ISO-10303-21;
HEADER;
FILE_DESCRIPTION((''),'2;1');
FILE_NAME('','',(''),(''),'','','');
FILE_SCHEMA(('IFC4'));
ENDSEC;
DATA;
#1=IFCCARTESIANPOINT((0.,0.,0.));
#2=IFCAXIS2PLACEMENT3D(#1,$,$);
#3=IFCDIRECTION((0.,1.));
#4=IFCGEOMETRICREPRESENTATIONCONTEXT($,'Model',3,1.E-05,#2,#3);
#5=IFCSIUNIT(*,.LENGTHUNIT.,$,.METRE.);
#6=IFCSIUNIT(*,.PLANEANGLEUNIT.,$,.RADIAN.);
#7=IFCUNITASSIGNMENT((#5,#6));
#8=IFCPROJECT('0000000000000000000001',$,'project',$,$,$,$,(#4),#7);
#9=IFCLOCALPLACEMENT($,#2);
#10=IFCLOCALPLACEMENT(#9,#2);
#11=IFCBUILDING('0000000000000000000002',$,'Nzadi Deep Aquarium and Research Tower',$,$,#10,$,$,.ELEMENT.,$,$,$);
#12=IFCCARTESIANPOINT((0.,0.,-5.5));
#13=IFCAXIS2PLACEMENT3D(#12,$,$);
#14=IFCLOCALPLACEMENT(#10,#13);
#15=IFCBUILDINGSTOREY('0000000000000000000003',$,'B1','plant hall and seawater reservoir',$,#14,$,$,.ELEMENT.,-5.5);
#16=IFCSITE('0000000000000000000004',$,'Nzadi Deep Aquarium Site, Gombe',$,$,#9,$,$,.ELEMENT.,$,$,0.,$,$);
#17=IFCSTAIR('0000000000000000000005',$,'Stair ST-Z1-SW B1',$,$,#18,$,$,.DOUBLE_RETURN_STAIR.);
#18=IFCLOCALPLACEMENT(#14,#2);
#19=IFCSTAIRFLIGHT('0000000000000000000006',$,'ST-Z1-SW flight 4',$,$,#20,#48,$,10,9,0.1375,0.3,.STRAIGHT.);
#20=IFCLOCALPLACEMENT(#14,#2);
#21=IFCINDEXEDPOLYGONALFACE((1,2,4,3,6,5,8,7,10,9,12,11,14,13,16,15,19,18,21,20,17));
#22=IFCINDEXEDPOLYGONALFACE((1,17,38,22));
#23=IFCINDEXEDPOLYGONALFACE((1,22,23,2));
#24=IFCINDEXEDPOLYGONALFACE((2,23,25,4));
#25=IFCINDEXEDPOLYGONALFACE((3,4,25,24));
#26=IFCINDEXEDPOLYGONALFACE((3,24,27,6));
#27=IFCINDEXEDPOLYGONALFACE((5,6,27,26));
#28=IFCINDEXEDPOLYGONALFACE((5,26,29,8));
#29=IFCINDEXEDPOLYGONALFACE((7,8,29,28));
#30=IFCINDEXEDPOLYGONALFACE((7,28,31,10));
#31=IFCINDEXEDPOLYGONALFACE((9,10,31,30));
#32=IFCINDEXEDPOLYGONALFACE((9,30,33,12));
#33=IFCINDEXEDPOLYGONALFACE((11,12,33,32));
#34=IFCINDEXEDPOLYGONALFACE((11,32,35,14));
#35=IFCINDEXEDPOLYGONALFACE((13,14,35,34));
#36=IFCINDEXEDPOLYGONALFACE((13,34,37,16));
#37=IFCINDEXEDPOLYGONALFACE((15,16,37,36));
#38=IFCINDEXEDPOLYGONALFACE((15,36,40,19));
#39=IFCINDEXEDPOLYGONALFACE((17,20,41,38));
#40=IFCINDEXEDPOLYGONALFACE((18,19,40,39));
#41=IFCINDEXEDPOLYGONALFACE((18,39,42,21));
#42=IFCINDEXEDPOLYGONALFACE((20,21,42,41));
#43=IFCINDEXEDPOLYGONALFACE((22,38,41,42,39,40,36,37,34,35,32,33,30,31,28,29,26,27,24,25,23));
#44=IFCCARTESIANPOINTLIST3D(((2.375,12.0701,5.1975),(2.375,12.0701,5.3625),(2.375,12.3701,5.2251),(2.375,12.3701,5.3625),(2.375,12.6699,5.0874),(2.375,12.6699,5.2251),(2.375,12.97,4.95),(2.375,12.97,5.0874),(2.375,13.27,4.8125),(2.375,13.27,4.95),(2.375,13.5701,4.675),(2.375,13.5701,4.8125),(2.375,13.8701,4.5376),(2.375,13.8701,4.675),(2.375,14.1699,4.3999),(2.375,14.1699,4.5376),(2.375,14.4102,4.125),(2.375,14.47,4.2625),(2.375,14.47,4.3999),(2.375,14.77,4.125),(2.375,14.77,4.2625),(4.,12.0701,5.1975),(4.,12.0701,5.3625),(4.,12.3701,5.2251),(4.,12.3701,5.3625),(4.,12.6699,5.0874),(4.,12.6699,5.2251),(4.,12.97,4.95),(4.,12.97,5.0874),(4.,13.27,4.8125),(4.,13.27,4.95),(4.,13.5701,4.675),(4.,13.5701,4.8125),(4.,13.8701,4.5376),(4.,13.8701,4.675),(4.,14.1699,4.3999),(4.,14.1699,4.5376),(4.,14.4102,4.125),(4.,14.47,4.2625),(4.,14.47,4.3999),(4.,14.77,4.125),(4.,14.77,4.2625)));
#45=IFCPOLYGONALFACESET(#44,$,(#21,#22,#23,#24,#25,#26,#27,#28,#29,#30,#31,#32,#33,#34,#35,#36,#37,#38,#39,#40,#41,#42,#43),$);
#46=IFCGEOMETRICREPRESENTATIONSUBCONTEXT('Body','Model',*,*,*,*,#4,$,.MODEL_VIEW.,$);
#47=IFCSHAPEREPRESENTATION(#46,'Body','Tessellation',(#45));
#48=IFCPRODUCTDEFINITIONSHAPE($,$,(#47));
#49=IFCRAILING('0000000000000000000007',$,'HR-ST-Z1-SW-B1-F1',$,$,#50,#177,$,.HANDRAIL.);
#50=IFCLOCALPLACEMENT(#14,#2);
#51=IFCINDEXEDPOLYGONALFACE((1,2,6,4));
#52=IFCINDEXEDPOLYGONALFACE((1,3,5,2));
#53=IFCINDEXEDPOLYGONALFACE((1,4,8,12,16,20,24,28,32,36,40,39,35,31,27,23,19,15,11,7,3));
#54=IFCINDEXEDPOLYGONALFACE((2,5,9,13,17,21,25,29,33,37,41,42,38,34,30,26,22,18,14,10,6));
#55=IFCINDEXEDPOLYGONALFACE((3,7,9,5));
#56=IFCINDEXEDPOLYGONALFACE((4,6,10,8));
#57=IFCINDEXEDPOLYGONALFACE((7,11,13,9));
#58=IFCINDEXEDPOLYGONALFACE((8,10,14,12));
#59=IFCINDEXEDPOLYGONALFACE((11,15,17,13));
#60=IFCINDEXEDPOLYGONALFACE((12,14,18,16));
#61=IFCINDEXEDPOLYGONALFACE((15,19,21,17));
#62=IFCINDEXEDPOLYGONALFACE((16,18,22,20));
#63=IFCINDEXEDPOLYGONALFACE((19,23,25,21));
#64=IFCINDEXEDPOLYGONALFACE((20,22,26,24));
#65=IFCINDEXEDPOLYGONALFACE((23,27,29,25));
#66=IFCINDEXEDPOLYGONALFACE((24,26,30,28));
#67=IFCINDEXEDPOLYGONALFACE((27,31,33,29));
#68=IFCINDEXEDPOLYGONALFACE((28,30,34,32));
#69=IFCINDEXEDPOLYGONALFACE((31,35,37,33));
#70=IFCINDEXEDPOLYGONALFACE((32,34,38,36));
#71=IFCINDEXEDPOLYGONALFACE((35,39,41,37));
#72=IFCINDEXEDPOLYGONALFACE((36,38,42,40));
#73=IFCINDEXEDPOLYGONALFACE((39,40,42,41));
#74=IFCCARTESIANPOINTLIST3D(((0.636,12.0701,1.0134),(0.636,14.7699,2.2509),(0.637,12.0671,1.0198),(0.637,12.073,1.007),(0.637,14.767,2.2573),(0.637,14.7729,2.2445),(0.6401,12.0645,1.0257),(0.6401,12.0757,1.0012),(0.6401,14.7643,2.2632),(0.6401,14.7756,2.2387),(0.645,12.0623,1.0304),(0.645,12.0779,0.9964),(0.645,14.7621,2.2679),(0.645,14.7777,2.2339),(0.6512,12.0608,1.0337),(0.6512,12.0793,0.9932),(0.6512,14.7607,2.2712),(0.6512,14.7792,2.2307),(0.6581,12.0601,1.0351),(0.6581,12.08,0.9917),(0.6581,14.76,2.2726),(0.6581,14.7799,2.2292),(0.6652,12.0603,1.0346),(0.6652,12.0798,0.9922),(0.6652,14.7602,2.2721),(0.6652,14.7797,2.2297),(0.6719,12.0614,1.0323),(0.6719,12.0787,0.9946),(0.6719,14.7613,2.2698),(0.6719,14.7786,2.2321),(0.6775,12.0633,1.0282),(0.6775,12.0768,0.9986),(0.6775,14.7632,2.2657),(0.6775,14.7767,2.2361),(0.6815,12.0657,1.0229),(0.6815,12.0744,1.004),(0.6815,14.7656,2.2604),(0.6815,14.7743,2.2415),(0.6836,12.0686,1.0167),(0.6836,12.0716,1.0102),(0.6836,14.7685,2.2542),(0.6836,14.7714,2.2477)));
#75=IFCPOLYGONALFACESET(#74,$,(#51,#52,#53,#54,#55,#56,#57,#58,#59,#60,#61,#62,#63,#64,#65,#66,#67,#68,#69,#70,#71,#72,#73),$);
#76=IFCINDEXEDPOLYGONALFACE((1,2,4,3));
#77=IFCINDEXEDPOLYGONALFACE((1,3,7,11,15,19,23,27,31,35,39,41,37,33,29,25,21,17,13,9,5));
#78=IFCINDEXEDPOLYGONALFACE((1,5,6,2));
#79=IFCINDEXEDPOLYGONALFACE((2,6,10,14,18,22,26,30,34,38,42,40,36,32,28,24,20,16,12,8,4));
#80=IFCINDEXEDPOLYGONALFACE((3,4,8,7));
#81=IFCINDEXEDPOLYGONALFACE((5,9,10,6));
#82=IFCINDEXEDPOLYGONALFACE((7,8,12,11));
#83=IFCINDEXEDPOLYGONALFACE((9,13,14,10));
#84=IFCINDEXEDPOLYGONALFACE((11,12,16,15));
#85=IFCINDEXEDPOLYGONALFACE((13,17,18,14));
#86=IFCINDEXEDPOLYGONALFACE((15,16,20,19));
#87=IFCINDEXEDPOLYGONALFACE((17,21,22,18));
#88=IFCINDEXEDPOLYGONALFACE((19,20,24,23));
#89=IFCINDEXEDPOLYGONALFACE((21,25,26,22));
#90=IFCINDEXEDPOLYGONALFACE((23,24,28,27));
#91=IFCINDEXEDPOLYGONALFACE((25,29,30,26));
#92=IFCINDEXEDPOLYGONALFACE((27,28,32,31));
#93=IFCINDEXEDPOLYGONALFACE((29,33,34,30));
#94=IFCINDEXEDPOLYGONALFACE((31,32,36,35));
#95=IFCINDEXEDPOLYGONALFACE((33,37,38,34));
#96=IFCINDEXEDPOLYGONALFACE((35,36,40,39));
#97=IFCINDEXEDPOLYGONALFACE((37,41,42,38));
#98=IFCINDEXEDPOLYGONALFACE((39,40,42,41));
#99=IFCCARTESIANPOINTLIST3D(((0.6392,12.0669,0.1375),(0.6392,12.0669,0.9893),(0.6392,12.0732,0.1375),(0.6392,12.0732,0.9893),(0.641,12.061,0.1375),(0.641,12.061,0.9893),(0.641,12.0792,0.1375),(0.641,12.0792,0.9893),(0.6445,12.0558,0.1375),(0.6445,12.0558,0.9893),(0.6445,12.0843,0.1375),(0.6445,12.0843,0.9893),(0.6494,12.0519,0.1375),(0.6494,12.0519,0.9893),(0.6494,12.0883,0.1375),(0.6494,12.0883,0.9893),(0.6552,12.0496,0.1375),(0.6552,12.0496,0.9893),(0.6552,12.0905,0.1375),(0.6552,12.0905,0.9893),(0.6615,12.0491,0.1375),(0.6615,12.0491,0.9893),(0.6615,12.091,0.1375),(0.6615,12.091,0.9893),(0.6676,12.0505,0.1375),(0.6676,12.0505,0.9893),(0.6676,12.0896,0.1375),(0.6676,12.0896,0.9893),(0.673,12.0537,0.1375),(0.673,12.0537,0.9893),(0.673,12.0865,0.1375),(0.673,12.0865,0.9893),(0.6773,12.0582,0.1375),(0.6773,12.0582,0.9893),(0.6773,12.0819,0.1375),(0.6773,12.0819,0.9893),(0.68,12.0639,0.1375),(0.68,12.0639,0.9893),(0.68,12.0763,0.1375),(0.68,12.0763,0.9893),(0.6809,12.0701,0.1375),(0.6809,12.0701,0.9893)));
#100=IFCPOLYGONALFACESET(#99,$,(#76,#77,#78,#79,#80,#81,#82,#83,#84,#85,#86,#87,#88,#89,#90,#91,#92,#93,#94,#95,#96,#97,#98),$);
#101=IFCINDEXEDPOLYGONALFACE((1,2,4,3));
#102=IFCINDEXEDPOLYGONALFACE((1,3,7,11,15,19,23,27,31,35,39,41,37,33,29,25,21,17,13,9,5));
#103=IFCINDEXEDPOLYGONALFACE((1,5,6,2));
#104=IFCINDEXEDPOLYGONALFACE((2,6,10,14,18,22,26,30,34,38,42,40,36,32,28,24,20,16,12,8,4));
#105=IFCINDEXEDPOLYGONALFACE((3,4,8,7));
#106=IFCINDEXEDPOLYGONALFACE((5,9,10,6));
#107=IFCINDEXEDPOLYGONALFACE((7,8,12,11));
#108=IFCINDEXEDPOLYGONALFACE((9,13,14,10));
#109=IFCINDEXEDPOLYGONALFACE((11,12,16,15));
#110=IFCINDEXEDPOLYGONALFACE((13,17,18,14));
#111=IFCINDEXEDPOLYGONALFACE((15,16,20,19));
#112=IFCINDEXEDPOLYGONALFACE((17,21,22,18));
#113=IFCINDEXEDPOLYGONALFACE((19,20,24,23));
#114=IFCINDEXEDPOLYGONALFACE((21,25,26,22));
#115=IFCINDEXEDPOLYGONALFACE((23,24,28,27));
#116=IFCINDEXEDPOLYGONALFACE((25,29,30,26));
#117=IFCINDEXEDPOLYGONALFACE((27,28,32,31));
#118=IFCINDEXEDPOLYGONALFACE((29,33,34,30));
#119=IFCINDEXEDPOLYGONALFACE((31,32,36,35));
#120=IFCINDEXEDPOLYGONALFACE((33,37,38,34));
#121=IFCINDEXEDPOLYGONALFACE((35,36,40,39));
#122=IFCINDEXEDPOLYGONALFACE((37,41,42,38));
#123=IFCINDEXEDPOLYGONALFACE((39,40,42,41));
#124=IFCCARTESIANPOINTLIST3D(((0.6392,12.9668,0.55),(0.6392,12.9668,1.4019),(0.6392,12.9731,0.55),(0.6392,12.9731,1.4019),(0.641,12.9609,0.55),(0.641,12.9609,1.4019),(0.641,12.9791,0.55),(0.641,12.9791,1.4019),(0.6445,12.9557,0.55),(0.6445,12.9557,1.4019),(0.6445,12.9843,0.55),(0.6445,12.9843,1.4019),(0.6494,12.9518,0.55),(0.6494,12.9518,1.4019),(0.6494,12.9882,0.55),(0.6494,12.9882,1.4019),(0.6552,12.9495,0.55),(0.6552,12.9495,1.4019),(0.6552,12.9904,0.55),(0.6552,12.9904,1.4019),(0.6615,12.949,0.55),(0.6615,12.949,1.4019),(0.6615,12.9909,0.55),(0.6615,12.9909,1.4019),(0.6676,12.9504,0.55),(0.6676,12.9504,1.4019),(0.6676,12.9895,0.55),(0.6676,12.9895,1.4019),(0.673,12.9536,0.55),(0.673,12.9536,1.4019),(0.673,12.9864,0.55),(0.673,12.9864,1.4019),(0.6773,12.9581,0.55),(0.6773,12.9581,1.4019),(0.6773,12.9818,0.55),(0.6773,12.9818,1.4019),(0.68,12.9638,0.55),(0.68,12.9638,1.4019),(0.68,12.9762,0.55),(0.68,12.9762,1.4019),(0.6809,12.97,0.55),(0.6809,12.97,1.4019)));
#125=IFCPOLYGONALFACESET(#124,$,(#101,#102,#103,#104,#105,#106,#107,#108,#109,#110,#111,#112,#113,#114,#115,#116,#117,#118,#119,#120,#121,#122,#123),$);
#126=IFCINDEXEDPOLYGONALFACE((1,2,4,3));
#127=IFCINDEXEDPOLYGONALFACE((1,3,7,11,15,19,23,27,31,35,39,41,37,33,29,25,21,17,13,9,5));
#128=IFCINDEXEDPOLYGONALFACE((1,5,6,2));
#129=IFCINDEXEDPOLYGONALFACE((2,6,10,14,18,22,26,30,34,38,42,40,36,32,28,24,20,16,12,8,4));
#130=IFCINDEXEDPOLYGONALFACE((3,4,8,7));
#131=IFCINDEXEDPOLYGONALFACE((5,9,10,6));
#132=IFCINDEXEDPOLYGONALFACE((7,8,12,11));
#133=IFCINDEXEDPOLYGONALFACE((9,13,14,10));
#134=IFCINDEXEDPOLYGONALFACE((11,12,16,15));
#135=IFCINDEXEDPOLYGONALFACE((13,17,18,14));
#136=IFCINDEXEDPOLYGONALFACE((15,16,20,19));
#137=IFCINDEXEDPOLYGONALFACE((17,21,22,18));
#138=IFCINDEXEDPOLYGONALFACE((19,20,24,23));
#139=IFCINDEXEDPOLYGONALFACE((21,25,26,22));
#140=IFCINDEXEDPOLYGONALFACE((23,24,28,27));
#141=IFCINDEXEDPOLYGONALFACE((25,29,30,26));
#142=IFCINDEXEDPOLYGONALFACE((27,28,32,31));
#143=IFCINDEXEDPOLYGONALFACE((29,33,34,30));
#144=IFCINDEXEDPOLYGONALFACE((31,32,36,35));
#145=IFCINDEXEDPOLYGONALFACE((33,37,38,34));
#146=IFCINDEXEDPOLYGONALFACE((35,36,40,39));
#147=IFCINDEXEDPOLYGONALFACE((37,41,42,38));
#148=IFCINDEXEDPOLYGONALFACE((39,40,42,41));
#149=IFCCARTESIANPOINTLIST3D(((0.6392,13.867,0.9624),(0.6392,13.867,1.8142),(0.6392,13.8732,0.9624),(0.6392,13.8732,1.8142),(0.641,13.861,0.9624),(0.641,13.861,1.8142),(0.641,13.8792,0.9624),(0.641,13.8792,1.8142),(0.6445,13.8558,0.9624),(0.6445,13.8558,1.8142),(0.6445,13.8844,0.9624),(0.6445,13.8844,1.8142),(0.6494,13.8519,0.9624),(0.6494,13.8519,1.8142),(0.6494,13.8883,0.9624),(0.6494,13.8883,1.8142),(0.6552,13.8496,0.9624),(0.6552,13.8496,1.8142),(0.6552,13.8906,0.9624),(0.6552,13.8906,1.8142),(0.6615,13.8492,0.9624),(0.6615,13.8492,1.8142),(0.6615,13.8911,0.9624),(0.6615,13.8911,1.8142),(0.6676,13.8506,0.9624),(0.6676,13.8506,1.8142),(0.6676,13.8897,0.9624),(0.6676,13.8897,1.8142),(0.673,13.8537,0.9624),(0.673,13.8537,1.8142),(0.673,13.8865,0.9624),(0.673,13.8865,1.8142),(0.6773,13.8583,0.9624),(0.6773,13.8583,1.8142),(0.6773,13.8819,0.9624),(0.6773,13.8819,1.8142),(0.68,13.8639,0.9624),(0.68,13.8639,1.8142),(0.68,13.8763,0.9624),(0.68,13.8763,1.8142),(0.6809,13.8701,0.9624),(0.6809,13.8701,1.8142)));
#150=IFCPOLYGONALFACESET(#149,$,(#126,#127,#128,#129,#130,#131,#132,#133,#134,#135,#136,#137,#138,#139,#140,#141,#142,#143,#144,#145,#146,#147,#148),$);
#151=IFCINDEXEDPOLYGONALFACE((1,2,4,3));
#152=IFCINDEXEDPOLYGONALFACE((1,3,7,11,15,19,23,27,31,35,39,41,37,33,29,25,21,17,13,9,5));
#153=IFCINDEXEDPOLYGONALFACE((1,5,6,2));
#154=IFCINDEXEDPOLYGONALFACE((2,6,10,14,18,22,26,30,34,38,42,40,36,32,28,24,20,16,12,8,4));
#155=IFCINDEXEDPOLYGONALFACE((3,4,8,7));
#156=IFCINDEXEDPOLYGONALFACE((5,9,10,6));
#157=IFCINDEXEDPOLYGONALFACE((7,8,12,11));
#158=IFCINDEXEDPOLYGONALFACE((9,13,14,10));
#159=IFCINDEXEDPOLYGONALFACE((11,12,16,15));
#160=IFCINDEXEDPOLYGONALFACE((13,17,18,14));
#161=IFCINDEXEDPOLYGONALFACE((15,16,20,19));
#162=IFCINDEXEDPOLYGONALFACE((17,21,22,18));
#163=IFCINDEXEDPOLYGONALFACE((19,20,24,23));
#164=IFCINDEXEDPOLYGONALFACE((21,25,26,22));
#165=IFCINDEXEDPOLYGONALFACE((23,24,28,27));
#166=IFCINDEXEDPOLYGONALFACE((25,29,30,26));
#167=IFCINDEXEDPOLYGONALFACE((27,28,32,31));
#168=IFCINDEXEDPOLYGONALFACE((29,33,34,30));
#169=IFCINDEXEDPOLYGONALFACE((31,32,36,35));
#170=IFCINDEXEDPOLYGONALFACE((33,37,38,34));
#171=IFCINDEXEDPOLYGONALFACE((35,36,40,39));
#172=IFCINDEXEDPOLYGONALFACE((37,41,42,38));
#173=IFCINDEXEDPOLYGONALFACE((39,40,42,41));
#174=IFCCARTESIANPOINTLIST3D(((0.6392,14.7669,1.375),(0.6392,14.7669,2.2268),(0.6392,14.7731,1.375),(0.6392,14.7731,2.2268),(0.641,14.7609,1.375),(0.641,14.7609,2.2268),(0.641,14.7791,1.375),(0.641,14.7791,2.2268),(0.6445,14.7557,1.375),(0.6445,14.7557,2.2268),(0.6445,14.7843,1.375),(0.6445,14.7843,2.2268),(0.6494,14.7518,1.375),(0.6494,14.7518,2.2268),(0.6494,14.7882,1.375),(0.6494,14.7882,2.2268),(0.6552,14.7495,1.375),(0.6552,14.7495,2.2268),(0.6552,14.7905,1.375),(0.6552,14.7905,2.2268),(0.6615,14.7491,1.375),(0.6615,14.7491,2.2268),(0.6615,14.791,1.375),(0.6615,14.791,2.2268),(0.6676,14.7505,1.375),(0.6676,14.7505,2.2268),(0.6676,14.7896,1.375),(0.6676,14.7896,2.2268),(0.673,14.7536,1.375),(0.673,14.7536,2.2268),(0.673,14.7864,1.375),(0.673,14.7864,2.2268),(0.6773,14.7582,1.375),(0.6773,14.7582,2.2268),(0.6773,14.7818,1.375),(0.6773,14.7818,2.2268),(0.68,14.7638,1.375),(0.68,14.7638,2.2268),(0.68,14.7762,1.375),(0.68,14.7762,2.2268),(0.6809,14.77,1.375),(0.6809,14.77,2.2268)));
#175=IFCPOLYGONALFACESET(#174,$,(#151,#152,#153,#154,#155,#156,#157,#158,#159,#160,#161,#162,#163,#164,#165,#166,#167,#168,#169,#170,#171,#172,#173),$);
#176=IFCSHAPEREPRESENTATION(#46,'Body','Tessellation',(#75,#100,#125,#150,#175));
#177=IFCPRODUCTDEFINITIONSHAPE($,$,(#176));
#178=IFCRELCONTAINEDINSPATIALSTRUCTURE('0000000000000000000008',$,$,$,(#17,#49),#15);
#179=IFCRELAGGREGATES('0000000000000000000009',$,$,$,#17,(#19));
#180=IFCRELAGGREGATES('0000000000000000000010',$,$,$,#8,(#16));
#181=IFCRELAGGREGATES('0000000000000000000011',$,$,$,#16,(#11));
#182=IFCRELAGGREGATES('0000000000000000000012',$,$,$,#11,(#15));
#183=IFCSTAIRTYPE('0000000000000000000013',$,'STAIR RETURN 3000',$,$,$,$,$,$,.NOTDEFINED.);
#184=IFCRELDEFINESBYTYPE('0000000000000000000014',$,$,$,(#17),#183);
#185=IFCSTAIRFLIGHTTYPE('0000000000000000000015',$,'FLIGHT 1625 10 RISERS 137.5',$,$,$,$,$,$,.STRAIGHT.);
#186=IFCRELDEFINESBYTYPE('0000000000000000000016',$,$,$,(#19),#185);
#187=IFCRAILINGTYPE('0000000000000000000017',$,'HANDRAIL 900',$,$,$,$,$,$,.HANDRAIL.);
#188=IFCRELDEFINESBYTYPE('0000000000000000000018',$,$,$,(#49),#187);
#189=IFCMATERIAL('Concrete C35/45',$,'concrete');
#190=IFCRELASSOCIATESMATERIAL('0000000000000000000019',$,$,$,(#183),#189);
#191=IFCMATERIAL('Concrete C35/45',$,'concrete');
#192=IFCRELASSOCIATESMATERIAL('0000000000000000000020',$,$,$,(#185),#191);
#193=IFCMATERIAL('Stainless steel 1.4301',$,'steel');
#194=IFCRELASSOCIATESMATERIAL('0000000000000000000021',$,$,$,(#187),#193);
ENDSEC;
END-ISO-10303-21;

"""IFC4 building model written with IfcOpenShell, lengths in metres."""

from ifc_helpers import new_model, si_unit, direction, frame, origin, origin_2d, place, context, subcontext, project, spatial, polyline, circle, outline, extrude, material, type_object, element, aggregate, save


model = new_model("IFC4")

# Units and contexts
model_context = context("Model", 3, precision=1e-05, world=origin(), true_north=direction((0.0, 1.0)))
body_context = subcontext(model_context, "Body", "Model", "MODEL_VIEW")
ifc_project = project(units=[si_unit("LENGTHUNIT", "METRE"), si_unit("PLANEANGLEUNIT", "RADIAN")], contexts=[model_context])

# Site, building, storey
site_placement = place(None, origin())
site = spatial("IfcSite", under=ifc_project, at=site_placement, Name="Nzadi Deep Aquarium Site, Gombe", CompositionType="ELEMENT", RefElevation=0.0)
building_placement = place(site_placement, origin())
building = spatial("IfcBuilding", under=site, at=building_placement, Name="Nzadi Deep Aquarium and Research Tower", CompositionType="ELEMENT")
storey_placement = place(building_placement, frame((0.0, 0.0, -5.5)))
storey = spatial("IfcBuildingStorey", under=building, at=storey_placement, Name="B1", Description="plant hall and seawater reservoir", CompositionType="ELEMENT", Elevation=-5.5)

# Stair, stair flight
ifc_material_1 = material(Name="Concrete C35/45", Category="concrete")
stair_type = type_object("IfcStairType", Name="STAIR RETURN 3000", PredefinedType="NOTDEFINED", material=ifc_material_1)
stair_placement = place(storey_placement, origin())
stair = element("IfcStair", 1, at=stair_placement, inside=storey, type_object=stair_type, Name="Stair ST-Z1-SW B1", PredefinedType="DOUBLE_RETURN_STAIR")
ifc_material_2 = material(Name="Concrete C35/45", Category="concrete")
stair_flight_type = type_object("IfcStairFlightType", Name="FLIGHT 1625 10 RISERS 137.5", PredefinedType="STRAIGHT", material=ifc_material_2)
stair_flight_1_placement = place(storey_placement, frame((3.1875, 14.77, 4.125), z_axis=(0.0, 0.0, 1.0), x_axis=(0.0, -1.0, 0.0)))
stair_flight_1 = element("IfcStairFlight", 2, at=stair_flight_1_placement, type_object=stair_flight_type, Name="ST-Z1-SW flight 4", NumberOfRisers=10, NumberOfTreads=9, PredefinedType="STRAIGHT", RiserHeight=0.1375, TreadLength=0.3, context=body_context, shape_type="SweptSolid", body=[
    extrude(outline(polyline([(0.0, 0.0), (0.0, 0.1375), (0.3, 0.1375), (0.3, 0.2749), (0.6001, 0.2749), (0.6001, 0.4126), (0.8999, 0.4126), (0.8999, 0.55), (1.2, 0.55), (1.2, 0.6875), (1.5, 0.6875), (1.5, 0.825), (1.8, 0.825), (1.8, 0.9624), (2.1001, 0.9624), (2.1001, 1.1001), (2.3999, 1.1001), (2.3999, 1.2375), (2.7, 1.2375), (2.7, 1.375), (2.7, 1.0725), (0.3599, 0.0), (0.0, 0.0)])), frame((0.0, 0.8125, 0.0), z_axis=(0.0, -1.0, 0.0), x_axis=(1.0, 0.0, 0.0)), (0.0, 0.0, 1.0), 1.625),
])
aggregate(stair, [stair_flight_1])

# Railing
ifc_material_3 = material(Name="Stainless steel 1.4301", Category="steel")
railing_type = type_object("IfcRailingType", Name="HANDRAIL 900", PredefinedType="HANDRAIL", material=ifc_material_3)
for number, where, name in (
    (3, (0.6599, 12.0701, 0.1375), "HR-ST-Z1-SW-B1-F1"),
):
    element("IfcRailing", number, at=place(storey_placement, frame(where)), inside=storey, type_object=railing_type, Name=name, PredefinedType="HANDRAIL", context=body_context, shape_type="SweptSolid", body=[
        extrude(circle(Radius=0.0239, at=origin_2d()), frame((0.0, 0.0, 0.876), z_axis=(0.0, 0.909056, 0.416675), x_axis=(-1.0, 0.0, 0.0)), (0.0, 0.0, 1.0), 2.97),
        extrude(circle(Radius=0.021, at=origin_2d()), origin(), (0.0, 0.0, 1.0), 0.8518),
        extrude(circle(Radius=0.021, at=origin_2d()), frame((0.0, 0.8999, 0.4126)), (0.0, 0.0, 1.0), 0.8518),
        extrude(circle(Radius=0.021, at=origin_2d()), frame((0.0, 1.8, 0.825)), (0.0, 0.0, 1.0), 0.8518),
        extrude(circle(Radius=0.021, at=origin_2d()), frame((0.0, 2.7, 1.2375)), (0.0, 0.0, 1.0), 0.8518),
    ])

save(model, "model.ifc")
